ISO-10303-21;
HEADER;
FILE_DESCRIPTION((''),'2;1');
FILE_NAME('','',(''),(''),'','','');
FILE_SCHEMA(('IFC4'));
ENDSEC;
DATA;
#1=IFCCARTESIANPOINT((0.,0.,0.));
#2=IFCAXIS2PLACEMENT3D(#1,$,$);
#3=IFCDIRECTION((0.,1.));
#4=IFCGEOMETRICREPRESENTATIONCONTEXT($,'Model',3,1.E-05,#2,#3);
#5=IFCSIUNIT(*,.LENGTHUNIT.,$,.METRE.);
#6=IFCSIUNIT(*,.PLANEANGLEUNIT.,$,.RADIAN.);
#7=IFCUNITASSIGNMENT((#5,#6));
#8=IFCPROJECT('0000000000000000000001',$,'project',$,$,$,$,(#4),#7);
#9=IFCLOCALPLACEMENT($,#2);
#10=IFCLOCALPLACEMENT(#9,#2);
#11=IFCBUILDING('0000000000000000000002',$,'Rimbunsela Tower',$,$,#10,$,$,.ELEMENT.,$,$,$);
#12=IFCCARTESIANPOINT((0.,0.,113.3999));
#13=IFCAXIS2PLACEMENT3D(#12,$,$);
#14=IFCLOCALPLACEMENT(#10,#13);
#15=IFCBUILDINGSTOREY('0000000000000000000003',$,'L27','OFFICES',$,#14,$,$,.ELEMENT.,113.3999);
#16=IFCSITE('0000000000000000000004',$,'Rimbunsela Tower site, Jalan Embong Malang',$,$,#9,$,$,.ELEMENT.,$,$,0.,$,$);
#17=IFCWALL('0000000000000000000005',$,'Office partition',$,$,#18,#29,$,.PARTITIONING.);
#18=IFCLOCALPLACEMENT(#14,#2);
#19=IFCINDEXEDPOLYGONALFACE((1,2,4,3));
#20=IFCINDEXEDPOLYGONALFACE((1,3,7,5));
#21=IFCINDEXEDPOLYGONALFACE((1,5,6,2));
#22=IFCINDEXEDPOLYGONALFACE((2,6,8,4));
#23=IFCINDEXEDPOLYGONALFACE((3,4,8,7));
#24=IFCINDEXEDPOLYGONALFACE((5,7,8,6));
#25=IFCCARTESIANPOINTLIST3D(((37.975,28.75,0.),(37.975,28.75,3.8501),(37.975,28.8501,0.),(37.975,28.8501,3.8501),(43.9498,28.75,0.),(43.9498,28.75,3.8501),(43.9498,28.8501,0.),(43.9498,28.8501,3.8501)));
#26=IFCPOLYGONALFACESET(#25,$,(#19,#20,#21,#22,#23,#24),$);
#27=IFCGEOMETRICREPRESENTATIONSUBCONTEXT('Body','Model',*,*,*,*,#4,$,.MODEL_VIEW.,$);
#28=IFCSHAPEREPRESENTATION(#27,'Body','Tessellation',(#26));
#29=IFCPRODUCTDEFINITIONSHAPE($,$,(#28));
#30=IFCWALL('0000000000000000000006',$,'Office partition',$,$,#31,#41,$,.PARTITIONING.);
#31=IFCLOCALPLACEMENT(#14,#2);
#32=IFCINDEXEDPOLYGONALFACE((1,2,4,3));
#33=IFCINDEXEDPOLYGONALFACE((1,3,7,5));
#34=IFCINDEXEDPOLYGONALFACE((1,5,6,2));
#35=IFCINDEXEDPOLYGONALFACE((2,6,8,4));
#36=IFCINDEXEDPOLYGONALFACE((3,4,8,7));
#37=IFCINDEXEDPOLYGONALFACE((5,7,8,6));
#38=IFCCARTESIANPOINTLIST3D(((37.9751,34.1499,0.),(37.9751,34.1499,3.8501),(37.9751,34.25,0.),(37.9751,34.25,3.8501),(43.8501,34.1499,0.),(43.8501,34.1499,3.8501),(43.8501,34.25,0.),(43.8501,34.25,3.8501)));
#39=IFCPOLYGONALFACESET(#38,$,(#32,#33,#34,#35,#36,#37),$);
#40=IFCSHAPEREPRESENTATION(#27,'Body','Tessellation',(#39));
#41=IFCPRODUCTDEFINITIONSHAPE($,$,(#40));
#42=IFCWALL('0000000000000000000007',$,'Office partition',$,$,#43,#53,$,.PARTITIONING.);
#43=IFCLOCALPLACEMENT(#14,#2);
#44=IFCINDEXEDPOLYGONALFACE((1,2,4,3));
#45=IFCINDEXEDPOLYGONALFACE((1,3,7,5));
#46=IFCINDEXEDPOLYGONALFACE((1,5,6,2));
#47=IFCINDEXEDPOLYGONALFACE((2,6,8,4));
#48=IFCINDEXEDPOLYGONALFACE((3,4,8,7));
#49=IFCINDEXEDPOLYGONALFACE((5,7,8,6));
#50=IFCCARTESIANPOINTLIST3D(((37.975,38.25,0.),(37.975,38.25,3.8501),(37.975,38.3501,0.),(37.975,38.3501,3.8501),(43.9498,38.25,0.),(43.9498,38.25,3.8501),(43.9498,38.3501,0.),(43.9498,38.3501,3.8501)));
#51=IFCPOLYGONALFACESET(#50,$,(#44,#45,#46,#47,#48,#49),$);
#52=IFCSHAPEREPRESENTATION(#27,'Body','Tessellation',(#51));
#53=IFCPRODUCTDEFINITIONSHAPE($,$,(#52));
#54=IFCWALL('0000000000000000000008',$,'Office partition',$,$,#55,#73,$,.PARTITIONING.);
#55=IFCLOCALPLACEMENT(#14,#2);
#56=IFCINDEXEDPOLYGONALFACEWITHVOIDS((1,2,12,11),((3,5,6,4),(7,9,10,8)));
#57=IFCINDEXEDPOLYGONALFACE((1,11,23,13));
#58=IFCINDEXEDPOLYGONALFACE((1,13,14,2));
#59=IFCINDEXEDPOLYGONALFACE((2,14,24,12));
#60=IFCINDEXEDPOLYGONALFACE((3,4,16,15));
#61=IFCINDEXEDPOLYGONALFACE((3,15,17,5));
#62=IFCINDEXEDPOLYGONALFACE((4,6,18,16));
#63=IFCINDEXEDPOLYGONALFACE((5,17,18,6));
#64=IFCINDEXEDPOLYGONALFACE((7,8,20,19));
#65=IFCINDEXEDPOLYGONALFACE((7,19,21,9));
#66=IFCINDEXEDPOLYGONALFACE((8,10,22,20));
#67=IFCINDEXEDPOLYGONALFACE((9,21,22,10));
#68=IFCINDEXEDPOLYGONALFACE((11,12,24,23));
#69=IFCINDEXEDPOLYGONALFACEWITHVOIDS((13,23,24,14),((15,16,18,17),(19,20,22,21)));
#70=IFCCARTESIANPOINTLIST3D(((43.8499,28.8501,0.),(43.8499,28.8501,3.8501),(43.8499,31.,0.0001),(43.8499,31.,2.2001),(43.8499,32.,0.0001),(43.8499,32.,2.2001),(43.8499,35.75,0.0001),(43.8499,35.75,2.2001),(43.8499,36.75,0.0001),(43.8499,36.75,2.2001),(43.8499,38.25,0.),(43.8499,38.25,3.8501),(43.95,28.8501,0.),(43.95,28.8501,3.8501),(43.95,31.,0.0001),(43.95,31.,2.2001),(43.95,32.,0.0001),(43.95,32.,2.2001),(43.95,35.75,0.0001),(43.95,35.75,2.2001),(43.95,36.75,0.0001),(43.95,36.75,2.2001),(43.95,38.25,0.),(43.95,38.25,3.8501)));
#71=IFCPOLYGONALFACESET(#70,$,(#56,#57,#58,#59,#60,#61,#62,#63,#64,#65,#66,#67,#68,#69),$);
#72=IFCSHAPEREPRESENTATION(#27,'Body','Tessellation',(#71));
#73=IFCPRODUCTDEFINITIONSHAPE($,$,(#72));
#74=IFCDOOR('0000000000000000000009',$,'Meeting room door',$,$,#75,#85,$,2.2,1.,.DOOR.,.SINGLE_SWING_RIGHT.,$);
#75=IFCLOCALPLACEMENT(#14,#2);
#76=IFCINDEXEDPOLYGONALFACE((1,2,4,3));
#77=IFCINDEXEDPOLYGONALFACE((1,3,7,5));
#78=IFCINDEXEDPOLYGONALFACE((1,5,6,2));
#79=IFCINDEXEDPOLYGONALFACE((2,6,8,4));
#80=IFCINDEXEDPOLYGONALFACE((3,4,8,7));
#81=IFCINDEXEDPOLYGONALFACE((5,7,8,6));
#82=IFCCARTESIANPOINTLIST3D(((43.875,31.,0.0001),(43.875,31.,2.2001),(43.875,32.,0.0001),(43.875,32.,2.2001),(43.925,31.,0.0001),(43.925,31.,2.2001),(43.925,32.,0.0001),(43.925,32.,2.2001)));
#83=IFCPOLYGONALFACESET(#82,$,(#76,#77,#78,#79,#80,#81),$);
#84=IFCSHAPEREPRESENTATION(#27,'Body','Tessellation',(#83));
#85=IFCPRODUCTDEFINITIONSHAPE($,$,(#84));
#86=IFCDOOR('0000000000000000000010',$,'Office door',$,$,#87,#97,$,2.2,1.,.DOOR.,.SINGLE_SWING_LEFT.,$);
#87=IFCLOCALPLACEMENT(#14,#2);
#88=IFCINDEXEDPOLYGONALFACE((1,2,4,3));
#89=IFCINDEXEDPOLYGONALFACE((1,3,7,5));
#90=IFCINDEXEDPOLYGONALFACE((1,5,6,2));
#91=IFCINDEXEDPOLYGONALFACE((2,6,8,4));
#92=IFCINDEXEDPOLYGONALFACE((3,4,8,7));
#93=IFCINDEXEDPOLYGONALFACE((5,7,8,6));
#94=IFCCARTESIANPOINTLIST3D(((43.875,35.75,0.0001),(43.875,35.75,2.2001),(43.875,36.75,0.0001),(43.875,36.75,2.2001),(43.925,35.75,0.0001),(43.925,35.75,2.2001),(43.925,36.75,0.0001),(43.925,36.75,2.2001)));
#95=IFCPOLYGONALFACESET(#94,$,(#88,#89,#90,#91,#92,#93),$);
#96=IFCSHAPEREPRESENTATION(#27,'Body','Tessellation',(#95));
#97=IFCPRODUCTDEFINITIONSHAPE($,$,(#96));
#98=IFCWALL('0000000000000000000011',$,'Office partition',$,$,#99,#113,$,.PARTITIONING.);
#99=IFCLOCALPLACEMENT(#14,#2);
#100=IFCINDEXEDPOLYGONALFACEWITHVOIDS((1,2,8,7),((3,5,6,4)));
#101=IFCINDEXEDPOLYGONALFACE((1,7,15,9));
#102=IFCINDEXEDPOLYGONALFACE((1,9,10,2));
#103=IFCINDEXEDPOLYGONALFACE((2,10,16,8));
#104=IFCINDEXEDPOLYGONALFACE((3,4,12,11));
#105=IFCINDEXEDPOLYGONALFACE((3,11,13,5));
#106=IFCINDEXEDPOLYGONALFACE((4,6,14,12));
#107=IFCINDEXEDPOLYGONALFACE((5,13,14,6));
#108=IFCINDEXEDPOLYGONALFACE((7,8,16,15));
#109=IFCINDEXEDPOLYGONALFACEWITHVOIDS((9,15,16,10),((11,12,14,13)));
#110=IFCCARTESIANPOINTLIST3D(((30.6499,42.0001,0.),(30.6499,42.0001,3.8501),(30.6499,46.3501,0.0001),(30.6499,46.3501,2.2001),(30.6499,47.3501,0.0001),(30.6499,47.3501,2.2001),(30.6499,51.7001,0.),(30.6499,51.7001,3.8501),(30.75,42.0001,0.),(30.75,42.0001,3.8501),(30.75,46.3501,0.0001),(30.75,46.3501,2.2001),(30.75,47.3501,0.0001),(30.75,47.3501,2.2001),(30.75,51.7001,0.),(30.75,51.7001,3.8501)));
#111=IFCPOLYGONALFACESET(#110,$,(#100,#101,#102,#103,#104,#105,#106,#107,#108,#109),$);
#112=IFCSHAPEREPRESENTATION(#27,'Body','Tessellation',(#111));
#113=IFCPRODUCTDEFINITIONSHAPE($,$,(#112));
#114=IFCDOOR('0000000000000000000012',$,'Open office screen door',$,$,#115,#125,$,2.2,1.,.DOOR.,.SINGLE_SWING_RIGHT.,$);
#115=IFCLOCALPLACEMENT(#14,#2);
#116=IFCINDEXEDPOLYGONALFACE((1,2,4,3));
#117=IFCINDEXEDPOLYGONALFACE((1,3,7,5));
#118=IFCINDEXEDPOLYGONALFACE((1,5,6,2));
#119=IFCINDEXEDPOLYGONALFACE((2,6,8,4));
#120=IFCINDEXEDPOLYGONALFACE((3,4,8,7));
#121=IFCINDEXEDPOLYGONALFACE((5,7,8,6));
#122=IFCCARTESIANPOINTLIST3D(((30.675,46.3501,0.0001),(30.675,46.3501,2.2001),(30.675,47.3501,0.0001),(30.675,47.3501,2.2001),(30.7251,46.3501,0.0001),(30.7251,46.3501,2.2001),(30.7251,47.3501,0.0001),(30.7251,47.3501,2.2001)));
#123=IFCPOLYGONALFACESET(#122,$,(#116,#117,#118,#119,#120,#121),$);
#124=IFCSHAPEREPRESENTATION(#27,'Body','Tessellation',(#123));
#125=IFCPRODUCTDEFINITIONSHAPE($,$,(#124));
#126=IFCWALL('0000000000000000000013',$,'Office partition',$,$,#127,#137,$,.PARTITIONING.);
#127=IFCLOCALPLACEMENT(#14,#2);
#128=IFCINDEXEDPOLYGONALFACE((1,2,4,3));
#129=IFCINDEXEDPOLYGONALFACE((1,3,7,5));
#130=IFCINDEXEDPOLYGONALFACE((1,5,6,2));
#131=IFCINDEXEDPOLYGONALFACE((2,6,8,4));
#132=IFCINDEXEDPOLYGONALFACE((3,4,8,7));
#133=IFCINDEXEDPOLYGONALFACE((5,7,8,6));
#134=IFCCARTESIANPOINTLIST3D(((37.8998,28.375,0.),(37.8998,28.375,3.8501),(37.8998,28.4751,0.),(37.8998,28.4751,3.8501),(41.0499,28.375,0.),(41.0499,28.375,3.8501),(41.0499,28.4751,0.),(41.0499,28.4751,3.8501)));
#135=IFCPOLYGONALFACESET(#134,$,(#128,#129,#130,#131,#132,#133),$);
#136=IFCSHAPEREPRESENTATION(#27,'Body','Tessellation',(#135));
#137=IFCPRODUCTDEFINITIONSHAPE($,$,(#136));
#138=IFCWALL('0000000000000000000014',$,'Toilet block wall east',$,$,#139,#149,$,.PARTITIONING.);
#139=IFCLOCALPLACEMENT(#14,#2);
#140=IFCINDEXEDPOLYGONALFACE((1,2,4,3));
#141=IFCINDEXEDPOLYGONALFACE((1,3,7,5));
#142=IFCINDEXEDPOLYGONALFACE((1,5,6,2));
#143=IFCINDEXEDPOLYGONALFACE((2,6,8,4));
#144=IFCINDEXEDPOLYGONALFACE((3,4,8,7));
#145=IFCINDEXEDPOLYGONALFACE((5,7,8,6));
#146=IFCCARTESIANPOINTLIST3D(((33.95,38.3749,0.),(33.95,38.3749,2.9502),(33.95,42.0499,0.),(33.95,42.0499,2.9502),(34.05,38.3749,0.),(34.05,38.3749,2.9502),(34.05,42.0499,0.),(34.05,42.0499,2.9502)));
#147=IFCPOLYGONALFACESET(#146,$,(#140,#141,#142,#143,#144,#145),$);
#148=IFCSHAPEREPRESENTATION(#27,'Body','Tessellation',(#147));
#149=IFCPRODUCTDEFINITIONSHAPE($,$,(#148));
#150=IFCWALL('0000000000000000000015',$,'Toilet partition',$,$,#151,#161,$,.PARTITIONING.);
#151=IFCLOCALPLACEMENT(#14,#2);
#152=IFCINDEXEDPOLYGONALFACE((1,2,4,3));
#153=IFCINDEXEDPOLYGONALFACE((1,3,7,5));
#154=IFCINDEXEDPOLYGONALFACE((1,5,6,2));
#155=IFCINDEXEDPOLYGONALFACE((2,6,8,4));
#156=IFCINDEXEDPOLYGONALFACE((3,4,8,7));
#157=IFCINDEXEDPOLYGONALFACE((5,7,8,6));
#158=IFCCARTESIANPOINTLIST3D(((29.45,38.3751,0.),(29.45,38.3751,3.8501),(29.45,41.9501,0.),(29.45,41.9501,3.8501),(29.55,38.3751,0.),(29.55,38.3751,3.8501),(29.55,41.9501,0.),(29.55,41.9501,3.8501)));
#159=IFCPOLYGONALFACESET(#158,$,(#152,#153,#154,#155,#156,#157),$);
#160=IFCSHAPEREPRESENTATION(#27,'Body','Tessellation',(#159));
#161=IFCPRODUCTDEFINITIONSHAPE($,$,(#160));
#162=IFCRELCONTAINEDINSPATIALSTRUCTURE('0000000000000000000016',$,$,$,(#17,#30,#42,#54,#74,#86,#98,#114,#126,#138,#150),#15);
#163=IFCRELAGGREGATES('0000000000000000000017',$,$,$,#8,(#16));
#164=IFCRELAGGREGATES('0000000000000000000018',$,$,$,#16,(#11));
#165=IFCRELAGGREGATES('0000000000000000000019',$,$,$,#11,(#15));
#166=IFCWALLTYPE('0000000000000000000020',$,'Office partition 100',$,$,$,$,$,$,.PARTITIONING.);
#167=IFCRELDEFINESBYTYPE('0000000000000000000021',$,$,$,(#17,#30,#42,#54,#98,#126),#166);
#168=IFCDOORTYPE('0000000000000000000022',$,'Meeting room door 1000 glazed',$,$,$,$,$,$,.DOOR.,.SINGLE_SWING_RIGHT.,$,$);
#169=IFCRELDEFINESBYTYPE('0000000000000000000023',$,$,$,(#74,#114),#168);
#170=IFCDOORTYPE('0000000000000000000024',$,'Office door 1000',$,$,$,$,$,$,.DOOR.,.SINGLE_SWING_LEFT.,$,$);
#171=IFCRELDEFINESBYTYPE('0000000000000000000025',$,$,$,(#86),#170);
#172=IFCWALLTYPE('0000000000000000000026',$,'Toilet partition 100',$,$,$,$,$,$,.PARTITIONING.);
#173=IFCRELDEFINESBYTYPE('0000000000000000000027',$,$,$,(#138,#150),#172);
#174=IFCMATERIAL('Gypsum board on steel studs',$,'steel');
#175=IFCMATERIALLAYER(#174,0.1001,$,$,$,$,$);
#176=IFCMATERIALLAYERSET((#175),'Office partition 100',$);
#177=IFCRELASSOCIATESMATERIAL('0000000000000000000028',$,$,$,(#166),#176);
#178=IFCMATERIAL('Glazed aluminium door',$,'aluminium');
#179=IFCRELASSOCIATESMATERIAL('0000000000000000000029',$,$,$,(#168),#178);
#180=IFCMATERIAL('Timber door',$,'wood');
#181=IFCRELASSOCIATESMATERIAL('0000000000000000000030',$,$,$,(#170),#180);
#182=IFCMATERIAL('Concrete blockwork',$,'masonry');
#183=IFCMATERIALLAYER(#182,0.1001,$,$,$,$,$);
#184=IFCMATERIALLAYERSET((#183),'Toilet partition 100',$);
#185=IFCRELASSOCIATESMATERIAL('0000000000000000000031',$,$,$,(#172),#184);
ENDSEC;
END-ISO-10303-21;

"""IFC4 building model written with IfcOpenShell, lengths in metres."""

from ifc_helpers import new_model, si_unit, direction, frame, frame_2d, origin, place, context, subcontext, project, spatial, rectangle, extrude, material, layer, layer_set, type_object, element, fill, save


model = new_model("IFC4")

# Units and contexts
model_context = context("Model", 3, precision=1e-05, world=origin(), true_north=direction((0.0, 1.0)))
body_context = subcontext(model_context, "Body", "Model", "MODEL_VIEW")
ifc_project = project(units=[si_unit("LENGTHUNIT", "METRE"), si_unit("PLANEANGLEUNIT", "RADIAN")], contexts=[model_context])

# Site, building, storey
site_placement = place(None, origin())
site = spatial("IfcSite", under=ifc_project, at=site_placement, Name="Rimbunsela Tower site, Jalan Embong Malang", CompositionType="ELEMENT", RefElevation=0.0)
building_placement = place(site_placement, origin())
building = spatial("IfcBuilding", under=site, at=building_placement, Name="Rimbunsela Tower", CompositionType="ELEMENT")
storey_placement = place(building_placement, frame((0.0, 0.0, 113.3999)))
storey = spatial("IfcBuildingStorey", under=building, at=storey_placement, Name="L27", Description="OFFICES", CompositionType="ELEMENT", Elevation=113.3999)

# Walls
ifc_material_1 = material(Name="Gypsum board on steel studs", Category="steel")
ifc_layer_1 = layer(ifc_material_1, 0.1001)
ifc_layer_set_1 = layer_set([ifc_layer_1], Name="Office partition 100")
wall_type_1 = type_object("IfcWallType", Name="Office partition 100", PredefinedType="PARTITIONING", material=ifc_layer_set_1)
wall_1_placement = place(storey_placement, frame((37.9751, 28.8, 0.0), z_axis=(0.0, 0.0, 1.0), x_axis=(1.0, 0.0, 0.0)))
element("IfcWall", 1, at=wall_1_placement, inside=storey, type_object=wall_type_1, Name="Office partition", PredefinedType="PARTITIONING", context=body_context, shape_type="SweptSolid", body=[
    extrude(rectangle(XDim=5.9749, YDim=0.1001, at=frame_2d((2.9873, 0.0))), origin(), (0.0, 0.0, 1.0), 3.8501),
])
wall_2_placement = place(storey_placement, frame((37.9751, 34.2, 0.0), z_axis=(0.0, 0.0, 1.0), x_axis=(1.0, 0.0, 0.0)))
element("IfcWall", 2, at=wall_2_placement, inside=storey, type_object=wall_type_1, Name="Office partition", PredefinedType="PARTITIONING", context=body_context, shape_type="SweptSolid", body=[
    extrude(rectangle(XDim=5.875, YDim=0.1001, at=frame_2d((2.9375, 0.0))), origin(), (0.0, 0.0, 1.0), 3.8501),
])
wall_3_placement = place(storey_placement, frame((37.9751, 38.3, 0.0), z_axis=(0.0, 0.0, 1.0), x_axis=(1.0, 0.0, 0.0)))
element("IfcWall", 3, at=wall_3_placement, inside=storey, type_object=wall_type_1, Name="Office partition", PredefinedType="PARTITIONING", context=body_context, shape_type="SweptSolid", body=[
    extrude(rectangle(XDim=5.9749, YDim=0.1001, at=frame_2d((2.9873, 0.0))), origin(), (0.0, 0.0, 1.0), 3.8501),
])

# Wall, openings, doors
wall_4_placement = place(storey_placement, frame((43.8999, 28.8501, 0.0), z_axis=(0.0, 0.0, 1.0), x_axis=(0.0, 1.0, 0.0)))
wall_4 = element("IfcWall", 4, at=wall_4_placement, inside=storey, type_object=wall_type_1, Name="Office partition", PredefinedType="PARTITIONING", context=body_context, shape_type="SweptSolid", body=[
    extrude(rectangle(XDim=9.3999, YDim=0.1001, at=frame_2d((4.7, 0.0))), origin(), (0.0, 0.0, 1.0), 3.8501),
])
opening_1_placement = place(wall_4_placement, frame((2.1499, 0.0, 0.0)))
opening_1 = element("IfcOpeningElement", 5, at=opening_1_placement, cuts=wall_4, PredefinedType="OPENING", context=body_context, shape_type="SweptSolid", body=[
    extrude(rectangle(XDim=1.0, YDim=2.2, at=frame_2d((0.5, 1.1001))), frame((0.0, 0.0601, 0.0), z_axis=(0.0, -1.0, 0.0), x_axis=(1.0, 0.0, 0.0)), (0.0, 0.0, 1.0), 0.1201),
])
opening_2_placement = place(wall_4_placement, frame((6.8999, 0.0, 0.0)))
opening_2 = element("IfcOpeningElement", 6, at=opening_2_placement, cuts=wall_4, PredefinedType="OPENING", context=body_context, shape_type="SweptSolid", body=[
    extrude(rectangle(XDim=1.0, YDim=2.2, at=frame_2d((0.5, 1.1001))), frame((0.0, 0.0601, 0.0), z_axis=(0.0, -1.0, 0.0), x_axis=(1.0, 0.0, 0.0)), (0.0, 0.0, 1.0), 0.1201),
])
ifc_material_2 = material(Name="Glazed aluminium door", Category="aluminium")
door_type_1 = type_object("IfcDoorType", Name="Meeting room door 1000 glazed", OperationType="SINGLE_SWING_RIGHT", PredefinedType="DOOR", material=ifc_material_2)
door_1_placement = place(opening_1_placement, origin())
door_1 = element("IfcDoor", 7, at=door_1_placement, inside=storey, type_object=door_type_1, Name="Meeting room door", OperationType="SINGLE_SWING_RIGHT", OverallHeight=2.2, OverallWidth=1.0, PredefinedType="DOOR", context=body_context, shape_type="SweptSolid", body=[
    extrude(rectangle(XDim=1.0, YDim=2.2, at=frame_2d((0.5, 1.1001))), frame((0.0, 0.0249, 0.0), z_axis=(0.0, -1.0, 0.0), x_axis=(1.0, 0.0, 0.0)), (0.0, 0.0, 1.0), 0.05),
])
fill(opening_1, door_1)
ifc_material_3 = material(Name="Timber door", Category="wood")
door_type_2 = type_object("IfcDoorType", Name="Office door 1000", OperationType="SINGLE_SWING_LEFT", PredefinedType="DOOR", material=ifc_material_3)
door_2_placement = place(opening_2_placement, origin())
door_2 = element("IfcDoor", 8, at=door_2_placement, inside=storey, type_object=door_type_2, Name="Office door", OperationType="SINGLE_SWING_LEFT", OverallHeight=2.2, OverallWidth=1.0, PredefinedType="DOOR", context=body_context, shape_type="SweptSolid", body=[
    extrude(rectangle(XDim=1.0, YDim=2.2, at=frame_2d((0.5, 1.1001))), frame((0.0, 0.0249, 0.0), z_axis=(0.0, -1.0, 0.0), x_axis=(1.0, 0.0, 0.0)), (0.0, 0.0, 1.0), 0.05),
])
fill(opening_2, door_2)

# Wall, opening, door
wall_5_placement = place(storey_placement, frame((30.7, 42.0, 0.0), z_axis=(0.0, 0.0, 1.0), x_axis=(0.0, 1.0, 0.0)))
wall_5 = element("IfcWall", 9, at=wall_5_placement, inside=storey, type_object=wall_type_1, Name="Office partition", PredefinedType="PARTITIONING", context=body_context, shape_type="SweptSolid", body=[
    extrude(rectangle(XDim=9.7, YDim=0.1001, at=frame_2d((4.8501, 0.0))), origin(), (0.0, 0.0, 1.0), 3.8501),
])
opening_3_placement = place(wall_5_placement, frame((4.3501, 0.0, 0.0)))
opening_3 = element("IfcOpeningElement", 10, at=opening_3_placement, cuts=wall_5, PredefinedType="OPENING", context=body_context, shape_type="SweptSolid", body=[
    extrude(rectangle(XDim=1.0, YDim=2.2, at=frame_2d((0.5, 1.1001))), frame((0.0, 0.0601, 0.0), z_axis=(0.0, -1.0, 0.0), x_axis=(1.0, 0.0, 0.0)), (0.0, 0.0, 1.0), 0.1201),
])
door_3_placement = place(opening_3_placement, origin())
door_3 = element("IfcDoor", 11, at=door_3_placement, inside=storey, type_object=door_type_1, Name="Open office screen door", OperationType="SINGLE_SWING_RIGHT", OverallHeight=2.2, OverallWidth=1.0, PredefinedType="DOOR", context=body_context, shape_type="SweptSolid", body=[
    extrude(rectangle(XDim=1.0, YDim=2.2, at=frame_2d((0.5, 1.1001))), frame((0.0, 0.0249, 0.0), z_axis=(0.0, -1.0, 0.0), x_axis=(1.0, 0.0, 0.0)), (0.0, 0.0, 1.0), 0.05),
])
fill(opening_3, door_3)

# Walls
wall_6_placement = place(storey_placement, frame((41.05, 28.425, 0.0), z_axis=(0.0, 0.0, 1.0), x_axis=(-1.0, 0.0, 0.0)))
element("IfcWall", 12, at=wall_6_placement, inside=storey, type_object=wall_type_1, Name="Office partition", PredefinedType="PARTITIONING", context=body_context, shape_type="SweptSolid", body=[
    extrude(rectangle(XDim=3.1501, YDim=0.1001, at=frame_2d((1.5752, 0.0))), origin(), (0.0, 0.0, 1.0), 3.8501),
])
ifc_material_4 = material(Name="Concrete blockwork", Category="masonry")
ifc_layer_2 = layer(ifc_material_4, 0.1001)
ifc_layer_set_2 = layer_set([ifc_layer_2], Name="Toilet partition 100")
wall_type_2 = type_object("IfcWallType", Name="Toilet partition 100", PredefinedType="PARTITIONING", material=ifc_layer_set_2)
wall_7_placement = place(storey_placement, frame((34.0, 38.375, 0.0), z_axis=(0.0, 0.0, 1.0), x_axis=(0.0, 1.0, 0.0)))
element("IfcWall", 13, at=wall_7_placement, inside=storey, type_object=wall_type_2, Name="Toilet block wall east", PredefinedType="PARTITIONING", context=body_context, shape_type="SweptSolid", body=[
    extrude(rectangle(XDim=3.675, YDim=0.1001, at=frame_2d((1.8374, 0.0))), origin(), (0.0, 0.0, 1.0), 2.9502),
])
wall_8_placement = place(storey_placement, frame((29.5, 38.375, 0.0), z_axis=(0.0, 0.0, 1.0), x_axis=(0.0, 1.0, 0.0)))
element("IfcWall", 14, at=wall_8_placement, inside=storey, type_object=wall_type_2, Name="Toilet partition", PredefinedType="PARTITIONING", context=body_context, shape_type="SweptSolid", body=[
    extrude(rectangle(XDim=3.575, YDim=0.1001, at=frame_2d((1.7876, 0.0))), origin(), (0.0, 0.0, 1.0), 3.8501),
])

save(model, "model.ifc")
